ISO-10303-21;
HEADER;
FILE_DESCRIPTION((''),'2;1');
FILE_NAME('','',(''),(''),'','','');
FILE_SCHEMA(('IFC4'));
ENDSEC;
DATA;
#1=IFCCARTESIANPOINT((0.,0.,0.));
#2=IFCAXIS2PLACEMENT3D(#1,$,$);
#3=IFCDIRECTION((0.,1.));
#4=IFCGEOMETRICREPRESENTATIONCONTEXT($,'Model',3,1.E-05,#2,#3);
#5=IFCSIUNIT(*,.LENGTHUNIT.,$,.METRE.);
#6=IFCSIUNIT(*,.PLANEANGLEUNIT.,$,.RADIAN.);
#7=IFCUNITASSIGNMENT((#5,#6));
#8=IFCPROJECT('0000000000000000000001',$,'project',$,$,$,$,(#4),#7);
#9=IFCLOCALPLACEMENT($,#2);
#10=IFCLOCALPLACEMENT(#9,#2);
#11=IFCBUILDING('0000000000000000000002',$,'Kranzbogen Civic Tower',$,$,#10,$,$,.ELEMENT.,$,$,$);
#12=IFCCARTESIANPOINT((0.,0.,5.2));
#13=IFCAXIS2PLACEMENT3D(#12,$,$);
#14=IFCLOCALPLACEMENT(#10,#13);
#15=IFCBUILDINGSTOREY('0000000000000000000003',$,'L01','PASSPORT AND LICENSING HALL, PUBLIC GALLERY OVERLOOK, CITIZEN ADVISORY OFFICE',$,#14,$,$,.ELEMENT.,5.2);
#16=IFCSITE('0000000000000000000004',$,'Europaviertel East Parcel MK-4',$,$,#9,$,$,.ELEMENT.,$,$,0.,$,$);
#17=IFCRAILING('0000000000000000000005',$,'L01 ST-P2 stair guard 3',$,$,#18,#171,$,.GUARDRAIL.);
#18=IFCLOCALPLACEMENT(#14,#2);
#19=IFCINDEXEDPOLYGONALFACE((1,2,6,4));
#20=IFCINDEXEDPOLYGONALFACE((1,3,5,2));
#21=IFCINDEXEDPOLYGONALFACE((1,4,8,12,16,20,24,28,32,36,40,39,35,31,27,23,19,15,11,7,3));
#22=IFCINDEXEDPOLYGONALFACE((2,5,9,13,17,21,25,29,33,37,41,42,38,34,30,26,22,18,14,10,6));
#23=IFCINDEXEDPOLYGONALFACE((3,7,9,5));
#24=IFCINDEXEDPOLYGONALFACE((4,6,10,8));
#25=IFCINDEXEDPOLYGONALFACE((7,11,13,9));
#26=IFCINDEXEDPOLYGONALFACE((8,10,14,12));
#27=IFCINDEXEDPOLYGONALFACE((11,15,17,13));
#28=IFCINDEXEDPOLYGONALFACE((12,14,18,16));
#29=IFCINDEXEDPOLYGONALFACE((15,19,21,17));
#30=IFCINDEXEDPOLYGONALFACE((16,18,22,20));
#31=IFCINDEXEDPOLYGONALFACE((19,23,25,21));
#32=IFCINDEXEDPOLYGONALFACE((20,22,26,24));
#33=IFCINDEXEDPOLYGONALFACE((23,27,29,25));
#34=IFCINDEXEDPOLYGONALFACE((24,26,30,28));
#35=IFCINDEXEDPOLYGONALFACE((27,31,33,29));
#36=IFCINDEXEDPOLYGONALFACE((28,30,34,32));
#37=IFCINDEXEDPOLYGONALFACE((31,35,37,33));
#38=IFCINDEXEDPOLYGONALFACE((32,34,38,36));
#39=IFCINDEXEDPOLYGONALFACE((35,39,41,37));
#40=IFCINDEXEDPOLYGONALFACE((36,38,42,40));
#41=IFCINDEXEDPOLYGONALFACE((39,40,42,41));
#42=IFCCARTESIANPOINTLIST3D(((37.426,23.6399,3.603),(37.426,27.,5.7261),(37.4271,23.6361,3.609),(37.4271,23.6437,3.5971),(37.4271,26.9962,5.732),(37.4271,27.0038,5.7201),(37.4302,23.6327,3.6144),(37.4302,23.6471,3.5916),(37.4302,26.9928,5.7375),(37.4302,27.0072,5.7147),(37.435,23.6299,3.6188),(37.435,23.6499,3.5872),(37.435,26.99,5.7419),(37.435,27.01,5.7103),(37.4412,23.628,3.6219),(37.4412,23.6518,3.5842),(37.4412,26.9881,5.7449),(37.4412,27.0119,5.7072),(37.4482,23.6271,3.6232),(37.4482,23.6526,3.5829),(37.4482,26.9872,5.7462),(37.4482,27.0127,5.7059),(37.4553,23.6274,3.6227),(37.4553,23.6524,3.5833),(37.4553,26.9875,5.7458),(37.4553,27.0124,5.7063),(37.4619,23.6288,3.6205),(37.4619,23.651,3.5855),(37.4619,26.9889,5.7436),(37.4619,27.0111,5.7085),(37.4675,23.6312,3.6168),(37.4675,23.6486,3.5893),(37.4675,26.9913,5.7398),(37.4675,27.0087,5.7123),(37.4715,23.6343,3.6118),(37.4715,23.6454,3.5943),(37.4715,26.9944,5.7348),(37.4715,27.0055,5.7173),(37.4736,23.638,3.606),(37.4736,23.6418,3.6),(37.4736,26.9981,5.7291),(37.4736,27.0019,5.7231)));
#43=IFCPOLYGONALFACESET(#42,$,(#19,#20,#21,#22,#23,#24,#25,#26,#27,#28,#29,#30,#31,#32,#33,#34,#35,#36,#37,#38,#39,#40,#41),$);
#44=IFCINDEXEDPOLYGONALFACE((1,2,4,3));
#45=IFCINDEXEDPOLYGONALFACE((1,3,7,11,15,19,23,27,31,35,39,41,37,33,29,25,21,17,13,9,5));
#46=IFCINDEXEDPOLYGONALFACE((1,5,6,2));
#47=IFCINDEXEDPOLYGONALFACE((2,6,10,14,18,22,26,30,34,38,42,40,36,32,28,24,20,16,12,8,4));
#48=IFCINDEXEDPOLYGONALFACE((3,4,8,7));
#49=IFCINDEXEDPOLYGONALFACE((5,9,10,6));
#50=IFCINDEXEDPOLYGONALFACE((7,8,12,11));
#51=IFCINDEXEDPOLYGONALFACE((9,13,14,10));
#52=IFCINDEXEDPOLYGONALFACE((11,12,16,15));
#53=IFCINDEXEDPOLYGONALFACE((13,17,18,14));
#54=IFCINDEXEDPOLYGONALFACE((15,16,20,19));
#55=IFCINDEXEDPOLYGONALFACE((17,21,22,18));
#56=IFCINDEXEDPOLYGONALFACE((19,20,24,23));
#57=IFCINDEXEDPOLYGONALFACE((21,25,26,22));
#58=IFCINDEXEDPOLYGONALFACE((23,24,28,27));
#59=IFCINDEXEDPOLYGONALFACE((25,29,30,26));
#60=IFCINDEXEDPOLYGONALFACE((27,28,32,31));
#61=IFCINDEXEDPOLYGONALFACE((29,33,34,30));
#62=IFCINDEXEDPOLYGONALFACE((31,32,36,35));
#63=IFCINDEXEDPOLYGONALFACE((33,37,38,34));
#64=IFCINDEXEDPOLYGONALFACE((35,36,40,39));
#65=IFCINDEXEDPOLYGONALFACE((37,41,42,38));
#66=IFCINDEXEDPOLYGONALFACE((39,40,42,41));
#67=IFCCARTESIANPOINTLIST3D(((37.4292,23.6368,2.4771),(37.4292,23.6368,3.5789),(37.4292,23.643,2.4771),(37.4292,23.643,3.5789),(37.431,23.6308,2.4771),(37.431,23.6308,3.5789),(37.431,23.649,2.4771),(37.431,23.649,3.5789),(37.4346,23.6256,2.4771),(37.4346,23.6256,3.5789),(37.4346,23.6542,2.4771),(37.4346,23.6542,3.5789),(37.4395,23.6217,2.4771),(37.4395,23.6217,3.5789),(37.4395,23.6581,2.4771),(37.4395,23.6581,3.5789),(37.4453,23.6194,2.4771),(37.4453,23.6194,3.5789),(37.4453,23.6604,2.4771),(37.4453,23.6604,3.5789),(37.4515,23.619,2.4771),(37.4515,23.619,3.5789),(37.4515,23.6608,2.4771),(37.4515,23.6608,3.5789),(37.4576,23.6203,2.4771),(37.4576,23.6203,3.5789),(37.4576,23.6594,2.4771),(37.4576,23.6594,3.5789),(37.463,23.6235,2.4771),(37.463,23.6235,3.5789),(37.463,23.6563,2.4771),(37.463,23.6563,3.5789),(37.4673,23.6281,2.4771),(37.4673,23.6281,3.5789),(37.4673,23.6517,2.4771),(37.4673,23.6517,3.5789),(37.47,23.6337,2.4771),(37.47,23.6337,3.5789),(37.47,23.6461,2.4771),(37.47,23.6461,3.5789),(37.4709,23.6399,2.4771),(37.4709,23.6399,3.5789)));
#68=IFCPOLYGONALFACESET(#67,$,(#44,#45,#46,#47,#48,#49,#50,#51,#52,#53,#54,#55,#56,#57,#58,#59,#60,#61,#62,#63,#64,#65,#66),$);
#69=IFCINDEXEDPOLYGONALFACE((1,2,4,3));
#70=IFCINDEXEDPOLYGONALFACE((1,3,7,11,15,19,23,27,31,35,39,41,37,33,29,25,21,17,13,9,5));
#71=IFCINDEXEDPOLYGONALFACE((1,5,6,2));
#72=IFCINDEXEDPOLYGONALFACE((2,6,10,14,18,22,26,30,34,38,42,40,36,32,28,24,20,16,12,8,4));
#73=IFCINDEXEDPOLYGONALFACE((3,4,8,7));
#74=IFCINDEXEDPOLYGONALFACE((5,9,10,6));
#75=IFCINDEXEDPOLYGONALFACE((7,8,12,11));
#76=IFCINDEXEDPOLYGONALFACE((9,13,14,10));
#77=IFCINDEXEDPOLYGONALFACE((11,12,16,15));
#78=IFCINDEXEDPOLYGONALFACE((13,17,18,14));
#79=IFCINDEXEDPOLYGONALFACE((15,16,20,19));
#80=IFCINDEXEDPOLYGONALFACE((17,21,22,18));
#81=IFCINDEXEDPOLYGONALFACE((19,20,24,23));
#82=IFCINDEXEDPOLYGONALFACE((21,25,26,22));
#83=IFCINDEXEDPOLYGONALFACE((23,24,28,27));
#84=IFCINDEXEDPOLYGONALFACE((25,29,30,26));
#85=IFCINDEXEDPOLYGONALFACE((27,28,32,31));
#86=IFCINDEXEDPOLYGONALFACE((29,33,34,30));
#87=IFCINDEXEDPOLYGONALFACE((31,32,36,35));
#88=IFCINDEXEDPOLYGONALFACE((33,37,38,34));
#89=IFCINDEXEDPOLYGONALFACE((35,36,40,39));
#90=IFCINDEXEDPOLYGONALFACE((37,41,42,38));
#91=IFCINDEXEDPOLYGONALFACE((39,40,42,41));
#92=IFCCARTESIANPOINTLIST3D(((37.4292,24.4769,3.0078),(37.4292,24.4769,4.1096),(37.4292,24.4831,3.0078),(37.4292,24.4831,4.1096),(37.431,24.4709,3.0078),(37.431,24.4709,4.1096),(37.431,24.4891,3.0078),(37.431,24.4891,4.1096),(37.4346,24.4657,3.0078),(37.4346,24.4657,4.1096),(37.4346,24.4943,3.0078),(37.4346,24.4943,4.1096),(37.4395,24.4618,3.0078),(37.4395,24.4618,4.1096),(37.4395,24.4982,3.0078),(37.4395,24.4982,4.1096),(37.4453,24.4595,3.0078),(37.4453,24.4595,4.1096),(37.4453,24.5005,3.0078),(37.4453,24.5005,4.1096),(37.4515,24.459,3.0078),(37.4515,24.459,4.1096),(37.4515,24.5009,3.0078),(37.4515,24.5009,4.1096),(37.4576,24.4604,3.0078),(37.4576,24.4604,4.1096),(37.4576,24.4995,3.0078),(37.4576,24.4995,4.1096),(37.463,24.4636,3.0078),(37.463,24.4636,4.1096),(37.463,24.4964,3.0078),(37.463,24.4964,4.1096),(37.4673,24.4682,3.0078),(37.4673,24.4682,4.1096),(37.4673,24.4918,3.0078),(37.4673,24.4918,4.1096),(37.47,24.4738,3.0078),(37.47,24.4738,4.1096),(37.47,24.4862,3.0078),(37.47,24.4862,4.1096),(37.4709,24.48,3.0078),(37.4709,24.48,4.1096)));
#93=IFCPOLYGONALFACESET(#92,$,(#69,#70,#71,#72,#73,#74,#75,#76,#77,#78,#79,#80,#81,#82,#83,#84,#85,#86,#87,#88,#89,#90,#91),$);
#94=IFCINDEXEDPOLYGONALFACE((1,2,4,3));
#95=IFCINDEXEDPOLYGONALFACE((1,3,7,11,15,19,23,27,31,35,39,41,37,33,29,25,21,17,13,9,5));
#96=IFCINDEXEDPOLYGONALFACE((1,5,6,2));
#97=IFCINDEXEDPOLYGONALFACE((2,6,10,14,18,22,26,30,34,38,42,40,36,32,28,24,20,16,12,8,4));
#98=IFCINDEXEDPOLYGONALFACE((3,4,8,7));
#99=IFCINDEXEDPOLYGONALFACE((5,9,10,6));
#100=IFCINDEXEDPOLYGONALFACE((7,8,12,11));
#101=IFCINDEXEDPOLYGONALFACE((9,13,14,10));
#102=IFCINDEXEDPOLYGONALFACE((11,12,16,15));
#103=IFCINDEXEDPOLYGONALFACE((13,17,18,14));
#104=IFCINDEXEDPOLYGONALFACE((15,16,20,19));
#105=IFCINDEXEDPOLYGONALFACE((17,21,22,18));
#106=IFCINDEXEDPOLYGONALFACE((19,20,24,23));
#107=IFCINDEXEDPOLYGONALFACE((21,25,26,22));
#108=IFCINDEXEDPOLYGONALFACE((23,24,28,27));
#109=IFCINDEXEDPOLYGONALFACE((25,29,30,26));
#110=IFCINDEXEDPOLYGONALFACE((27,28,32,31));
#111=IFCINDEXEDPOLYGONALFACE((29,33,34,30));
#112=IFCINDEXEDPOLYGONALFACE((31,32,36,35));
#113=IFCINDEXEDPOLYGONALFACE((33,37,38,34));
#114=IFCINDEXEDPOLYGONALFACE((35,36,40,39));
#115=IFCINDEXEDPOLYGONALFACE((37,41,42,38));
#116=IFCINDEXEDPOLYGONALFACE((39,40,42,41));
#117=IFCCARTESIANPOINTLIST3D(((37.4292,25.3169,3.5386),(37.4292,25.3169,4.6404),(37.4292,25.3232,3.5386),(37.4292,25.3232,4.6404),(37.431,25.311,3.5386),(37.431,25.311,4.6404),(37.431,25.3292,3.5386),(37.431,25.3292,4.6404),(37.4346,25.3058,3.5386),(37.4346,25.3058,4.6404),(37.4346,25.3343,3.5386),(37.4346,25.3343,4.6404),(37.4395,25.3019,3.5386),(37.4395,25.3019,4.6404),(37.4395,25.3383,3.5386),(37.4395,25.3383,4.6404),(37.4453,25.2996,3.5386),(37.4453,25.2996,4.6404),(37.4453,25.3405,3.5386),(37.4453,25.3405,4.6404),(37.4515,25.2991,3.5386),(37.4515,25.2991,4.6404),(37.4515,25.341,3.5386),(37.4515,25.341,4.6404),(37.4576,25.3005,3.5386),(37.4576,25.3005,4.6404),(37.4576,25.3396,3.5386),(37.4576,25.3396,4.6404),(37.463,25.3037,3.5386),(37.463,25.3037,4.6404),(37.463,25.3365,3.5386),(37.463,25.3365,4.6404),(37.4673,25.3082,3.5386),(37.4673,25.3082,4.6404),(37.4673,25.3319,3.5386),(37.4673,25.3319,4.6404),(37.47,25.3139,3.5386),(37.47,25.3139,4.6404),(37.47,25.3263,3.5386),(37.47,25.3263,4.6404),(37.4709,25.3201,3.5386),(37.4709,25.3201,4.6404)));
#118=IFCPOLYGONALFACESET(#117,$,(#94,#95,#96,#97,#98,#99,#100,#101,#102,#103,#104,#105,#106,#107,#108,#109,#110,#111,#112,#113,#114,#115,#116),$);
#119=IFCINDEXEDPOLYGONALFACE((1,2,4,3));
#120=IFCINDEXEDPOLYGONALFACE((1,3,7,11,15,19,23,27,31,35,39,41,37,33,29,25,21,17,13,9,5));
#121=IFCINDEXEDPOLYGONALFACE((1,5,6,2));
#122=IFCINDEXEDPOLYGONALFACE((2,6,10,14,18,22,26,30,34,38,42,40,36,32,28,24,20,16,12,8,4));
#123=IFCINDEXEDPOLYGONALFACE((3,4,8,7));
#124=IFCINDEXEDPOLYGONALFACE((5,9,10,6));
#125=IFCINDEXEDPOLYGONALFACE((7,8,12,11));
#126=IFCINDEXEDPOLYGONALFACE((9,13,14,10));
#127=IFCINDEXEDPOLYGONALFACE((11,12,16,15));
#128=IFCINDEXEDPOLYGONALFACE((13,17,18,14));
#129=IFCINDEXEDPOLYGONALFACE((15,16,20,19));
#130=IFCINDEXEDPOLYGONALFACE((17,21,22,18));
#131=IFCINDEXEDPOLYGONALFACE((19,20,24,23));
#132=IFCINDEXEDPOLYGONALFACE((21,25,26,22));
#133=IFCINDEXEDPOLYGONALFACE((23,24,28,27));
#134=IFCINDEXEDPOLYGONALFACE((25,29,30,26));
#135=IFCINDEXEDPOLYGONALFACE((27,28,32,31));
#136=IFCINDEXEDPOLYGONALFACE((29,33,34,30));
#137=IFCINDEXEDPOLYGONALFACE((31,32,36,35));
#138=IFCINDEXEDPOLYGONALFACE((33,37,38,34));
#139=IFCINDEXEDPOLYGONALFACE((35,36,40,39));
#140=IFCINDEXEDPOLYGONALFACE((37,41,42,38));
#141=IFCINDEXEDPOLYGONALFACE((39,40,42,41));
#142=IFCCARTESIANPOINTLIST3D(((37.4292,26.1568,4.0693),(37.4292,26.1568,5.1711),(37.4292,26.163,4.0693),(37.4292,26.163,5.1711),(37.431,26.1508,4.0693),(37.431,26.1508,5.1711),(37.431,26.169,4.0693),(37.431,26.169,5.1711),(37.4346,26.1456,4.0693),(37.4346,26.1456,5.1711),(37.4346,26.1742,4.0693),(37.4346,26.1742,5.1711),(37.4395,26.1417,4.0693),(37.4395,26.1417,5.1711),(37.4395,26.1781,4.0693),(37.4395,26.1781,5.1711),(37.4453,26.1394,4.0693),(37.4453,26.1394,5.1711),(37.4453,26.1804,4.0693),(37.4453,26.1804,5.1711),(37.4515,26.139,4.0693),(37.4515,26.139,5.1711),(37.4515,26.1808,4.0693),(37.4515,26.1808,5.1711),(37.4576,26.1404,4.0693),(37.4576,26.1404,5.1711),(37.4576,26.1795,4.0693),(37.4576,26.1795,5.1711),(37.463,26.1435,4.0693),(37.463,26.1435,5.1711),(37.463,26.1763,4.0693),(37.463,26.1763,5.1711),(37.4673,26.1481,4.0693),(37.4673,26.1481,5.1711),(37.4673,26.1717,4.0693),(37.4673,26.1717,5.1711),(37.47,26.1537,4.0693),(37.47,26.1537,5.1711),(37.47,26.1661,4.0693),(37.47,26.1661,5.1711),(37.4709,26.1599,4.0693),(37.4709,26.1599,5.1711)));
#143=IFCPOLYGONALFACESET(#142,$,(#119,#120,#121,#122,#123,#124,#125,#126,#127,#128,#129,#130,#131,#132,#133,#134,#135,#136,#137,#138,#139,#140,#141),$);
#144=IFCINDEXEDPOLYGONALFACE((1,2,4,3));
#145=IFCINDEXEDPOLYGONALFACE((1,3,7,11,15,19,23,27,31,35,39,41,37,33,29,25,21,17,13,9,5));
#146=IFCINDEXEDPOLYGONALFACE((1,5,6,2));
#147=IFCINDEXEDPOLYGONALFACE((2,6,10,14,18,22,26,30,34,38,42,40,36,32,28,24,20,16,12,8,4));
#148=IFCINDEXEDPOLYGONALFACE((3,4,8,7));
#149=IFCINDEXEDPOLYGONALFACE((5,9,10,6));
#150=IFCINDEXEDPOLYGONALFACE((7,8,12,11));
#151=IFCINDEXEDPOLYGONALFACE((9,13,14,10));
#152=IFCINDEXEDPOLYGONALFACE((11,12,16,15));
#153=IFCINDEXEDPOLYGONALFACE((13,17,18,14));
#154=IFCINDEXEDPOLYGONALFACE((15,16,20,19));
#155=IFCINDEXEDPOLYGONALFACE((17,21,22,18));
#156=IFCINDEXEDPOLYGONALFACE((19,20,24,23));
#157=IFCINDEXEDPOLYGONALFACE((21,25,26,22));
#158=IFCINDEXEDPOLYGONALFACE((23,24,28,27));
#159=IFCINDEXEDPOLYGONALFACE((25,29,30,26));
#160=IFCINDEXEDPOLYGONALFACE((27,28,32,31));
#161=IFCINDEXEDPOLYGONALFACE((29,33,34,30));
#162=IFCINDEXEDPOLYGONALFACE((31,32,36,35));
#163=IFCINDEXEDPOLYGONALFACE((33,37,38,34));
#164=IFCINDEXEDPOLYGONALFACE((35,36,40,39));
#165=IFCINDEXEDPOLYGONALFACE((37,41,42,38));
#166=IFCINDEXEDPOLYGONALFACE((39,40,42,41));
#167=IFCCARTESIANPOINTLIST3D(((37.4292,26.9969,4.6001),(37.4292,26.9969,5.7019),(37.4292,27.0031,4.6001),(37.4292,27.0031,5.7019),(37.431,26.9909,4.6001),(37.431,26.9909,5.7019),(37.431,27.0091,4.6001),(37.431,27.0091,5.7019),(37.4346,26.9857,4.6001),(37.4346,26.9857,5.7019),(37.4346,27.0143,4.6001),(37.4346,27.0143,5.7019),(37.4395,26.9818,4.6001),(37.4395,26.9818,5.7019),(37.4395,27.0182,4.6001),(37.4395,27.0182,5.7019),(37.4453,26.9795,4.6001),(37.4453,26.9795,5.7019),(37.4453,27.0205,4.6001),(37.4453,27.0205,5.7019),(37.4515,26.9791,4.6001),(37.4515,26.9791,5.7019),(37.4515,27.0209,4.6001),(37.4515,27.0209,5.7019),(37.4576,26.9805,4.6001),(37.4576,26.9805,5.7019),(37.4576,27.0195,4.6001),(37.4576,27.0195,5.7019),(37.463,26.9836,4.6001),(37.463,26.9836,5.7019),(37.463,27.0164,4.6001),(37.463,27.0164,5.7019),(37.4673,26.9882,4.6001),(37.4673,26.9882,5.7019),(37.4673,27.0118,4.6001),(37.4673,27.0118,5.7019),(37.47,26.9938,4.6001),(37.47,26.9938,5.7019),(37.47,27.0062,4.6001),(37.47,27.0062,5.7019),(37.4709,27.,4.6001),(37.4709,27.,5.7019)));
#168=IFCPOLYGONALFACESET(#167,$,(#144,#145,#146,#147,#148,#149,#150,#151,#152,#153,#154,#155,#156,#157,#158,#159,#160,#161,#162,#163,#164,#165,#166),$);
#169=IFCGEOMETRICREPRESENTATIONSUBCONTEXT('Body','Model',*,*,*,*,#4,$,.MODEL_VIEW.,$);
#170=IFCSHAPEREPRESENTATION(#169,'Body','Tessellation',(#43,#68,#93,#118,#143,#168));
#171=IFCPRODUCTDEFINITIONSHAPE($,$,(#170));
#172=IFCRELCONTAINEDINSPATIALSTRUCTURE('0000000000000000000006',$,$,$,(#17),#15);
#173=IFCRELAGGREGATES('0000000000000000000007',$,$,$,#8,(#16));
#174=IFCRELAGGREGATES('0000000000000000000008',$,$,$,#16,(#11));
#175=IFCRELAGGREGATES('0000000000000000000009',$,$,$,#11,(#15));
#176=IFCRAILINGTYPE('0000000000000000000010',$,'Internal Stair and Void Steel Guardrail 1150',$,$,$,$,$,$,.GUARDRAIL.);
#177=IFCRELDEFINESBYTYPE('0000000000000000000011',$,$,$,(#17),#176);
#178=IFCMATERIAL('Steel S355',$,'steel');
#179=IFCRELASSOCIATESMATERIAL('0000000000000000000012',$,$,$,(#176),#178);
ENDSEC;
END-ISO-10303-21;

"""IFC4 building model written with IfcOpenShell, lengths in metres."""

from ifc_helpers import new_model, si_unit, direction, frame, origin, origin_2d, place, context, subcontext, project, spatial, circle, extrude, material, type_object, element, save


model = new_model("IFC4")

# Units and contexts
model_context = context("Model", 3, precision=1e-05, world=origin(), true_north=direction((0.0, 1.0)))
body_context = subcontext(model_context, "Body", "Model", "MODEL_VIEW")
ifc_project = project(units=[si_unit("LENGTHUNIT", "METRE"), si_unit("PLANEANGLEUNIT", "RADIAN")], contexts=[model_context])

# Site, building, storey
site_placement = place(None, origin())
site = spatial("IfcSite", under=ifc_project, at=site_placement, Name="Europaviertel East Parcel MK-4", CompositionType="ELEMENT", RefElevation=0.0)
building_placement = place(site_placement, origin())
building = spatial("IfcBuilding", under=site, at=building_placement, Name="Kranzbogen Civic Tower", CompositionType="ELEMENT")
storey_placement = place(building_placement, frame((0.0, 0.0, 5.2)))
storey = spatial("IfcBuildingStorey", under=building, at=storey_placement, Name="L01", Description="PASSPORT AND LICENSING HALL, PUBLIC GALLERY OVERLOOK, CITIZEN ADVISORY OFFICE", CompositionType="ELEMENT", Elevation=5.2)

# Shared definitions
ifc_material_1 = material(Name="Steel S355", Category="steel")

# Railing
railing_type_1 = type_object("IfcRailingType", Name="Internal Stair and Void Steel Guardrail 1150", PredefinedType="GUARDRAIL", material=ifc_material_1)
railing_1_placement = place(storey_placement, frame((37.45, 23.6399, 2.4771)))
element("IfcRailing", 1, at=railing_1_placement, inside=storey, type_object=railing_type_1, Name="L01 ST-P2 stair guard 3", PredefinedType="GUARDRAIL", context=body_context, shape_type="SweptSolid", body=[
    extrude(circle(Radius=0.0239, at=origin_2d()), frame((0.0, 0.0, 1.126), z_axis=(0.0, 0.84539, 0.53415), x_axis=(-1.0, 0.0, 0.0)), (0.0, 0.0, 1.0), 3.9746),
    extrude(circle(Radius=0.021, at=origin_2d()), origin(), (0.0, 0.0, 1.0), 1.1018),
    extrude(circle(Radius=0.021, at=origin_2d()), frame((0.0, 0.8401, 0.5308)), (0.0, 0.0, 1.0), 1.1018),
    extrude(circle(Radius=0.021, at=origin_2d()), frame((0.0, 1.6802, 1.0615)), (0.0, 0.0, 1.0), 1.1018),
    extrude(circle(Radius=0.021, at=origin_2d()), frame((0.0, 2.52, 1.5923)), (0.0, 0.0, 1.0), 1.1018),
    extrude(circle(Radius=0.021, at=origin_2d()), frame((0.0, 3.3601, 2.123)), (0.0, 0.0, 1.0), 1.1018),
])

save(model, "model.ifc")
